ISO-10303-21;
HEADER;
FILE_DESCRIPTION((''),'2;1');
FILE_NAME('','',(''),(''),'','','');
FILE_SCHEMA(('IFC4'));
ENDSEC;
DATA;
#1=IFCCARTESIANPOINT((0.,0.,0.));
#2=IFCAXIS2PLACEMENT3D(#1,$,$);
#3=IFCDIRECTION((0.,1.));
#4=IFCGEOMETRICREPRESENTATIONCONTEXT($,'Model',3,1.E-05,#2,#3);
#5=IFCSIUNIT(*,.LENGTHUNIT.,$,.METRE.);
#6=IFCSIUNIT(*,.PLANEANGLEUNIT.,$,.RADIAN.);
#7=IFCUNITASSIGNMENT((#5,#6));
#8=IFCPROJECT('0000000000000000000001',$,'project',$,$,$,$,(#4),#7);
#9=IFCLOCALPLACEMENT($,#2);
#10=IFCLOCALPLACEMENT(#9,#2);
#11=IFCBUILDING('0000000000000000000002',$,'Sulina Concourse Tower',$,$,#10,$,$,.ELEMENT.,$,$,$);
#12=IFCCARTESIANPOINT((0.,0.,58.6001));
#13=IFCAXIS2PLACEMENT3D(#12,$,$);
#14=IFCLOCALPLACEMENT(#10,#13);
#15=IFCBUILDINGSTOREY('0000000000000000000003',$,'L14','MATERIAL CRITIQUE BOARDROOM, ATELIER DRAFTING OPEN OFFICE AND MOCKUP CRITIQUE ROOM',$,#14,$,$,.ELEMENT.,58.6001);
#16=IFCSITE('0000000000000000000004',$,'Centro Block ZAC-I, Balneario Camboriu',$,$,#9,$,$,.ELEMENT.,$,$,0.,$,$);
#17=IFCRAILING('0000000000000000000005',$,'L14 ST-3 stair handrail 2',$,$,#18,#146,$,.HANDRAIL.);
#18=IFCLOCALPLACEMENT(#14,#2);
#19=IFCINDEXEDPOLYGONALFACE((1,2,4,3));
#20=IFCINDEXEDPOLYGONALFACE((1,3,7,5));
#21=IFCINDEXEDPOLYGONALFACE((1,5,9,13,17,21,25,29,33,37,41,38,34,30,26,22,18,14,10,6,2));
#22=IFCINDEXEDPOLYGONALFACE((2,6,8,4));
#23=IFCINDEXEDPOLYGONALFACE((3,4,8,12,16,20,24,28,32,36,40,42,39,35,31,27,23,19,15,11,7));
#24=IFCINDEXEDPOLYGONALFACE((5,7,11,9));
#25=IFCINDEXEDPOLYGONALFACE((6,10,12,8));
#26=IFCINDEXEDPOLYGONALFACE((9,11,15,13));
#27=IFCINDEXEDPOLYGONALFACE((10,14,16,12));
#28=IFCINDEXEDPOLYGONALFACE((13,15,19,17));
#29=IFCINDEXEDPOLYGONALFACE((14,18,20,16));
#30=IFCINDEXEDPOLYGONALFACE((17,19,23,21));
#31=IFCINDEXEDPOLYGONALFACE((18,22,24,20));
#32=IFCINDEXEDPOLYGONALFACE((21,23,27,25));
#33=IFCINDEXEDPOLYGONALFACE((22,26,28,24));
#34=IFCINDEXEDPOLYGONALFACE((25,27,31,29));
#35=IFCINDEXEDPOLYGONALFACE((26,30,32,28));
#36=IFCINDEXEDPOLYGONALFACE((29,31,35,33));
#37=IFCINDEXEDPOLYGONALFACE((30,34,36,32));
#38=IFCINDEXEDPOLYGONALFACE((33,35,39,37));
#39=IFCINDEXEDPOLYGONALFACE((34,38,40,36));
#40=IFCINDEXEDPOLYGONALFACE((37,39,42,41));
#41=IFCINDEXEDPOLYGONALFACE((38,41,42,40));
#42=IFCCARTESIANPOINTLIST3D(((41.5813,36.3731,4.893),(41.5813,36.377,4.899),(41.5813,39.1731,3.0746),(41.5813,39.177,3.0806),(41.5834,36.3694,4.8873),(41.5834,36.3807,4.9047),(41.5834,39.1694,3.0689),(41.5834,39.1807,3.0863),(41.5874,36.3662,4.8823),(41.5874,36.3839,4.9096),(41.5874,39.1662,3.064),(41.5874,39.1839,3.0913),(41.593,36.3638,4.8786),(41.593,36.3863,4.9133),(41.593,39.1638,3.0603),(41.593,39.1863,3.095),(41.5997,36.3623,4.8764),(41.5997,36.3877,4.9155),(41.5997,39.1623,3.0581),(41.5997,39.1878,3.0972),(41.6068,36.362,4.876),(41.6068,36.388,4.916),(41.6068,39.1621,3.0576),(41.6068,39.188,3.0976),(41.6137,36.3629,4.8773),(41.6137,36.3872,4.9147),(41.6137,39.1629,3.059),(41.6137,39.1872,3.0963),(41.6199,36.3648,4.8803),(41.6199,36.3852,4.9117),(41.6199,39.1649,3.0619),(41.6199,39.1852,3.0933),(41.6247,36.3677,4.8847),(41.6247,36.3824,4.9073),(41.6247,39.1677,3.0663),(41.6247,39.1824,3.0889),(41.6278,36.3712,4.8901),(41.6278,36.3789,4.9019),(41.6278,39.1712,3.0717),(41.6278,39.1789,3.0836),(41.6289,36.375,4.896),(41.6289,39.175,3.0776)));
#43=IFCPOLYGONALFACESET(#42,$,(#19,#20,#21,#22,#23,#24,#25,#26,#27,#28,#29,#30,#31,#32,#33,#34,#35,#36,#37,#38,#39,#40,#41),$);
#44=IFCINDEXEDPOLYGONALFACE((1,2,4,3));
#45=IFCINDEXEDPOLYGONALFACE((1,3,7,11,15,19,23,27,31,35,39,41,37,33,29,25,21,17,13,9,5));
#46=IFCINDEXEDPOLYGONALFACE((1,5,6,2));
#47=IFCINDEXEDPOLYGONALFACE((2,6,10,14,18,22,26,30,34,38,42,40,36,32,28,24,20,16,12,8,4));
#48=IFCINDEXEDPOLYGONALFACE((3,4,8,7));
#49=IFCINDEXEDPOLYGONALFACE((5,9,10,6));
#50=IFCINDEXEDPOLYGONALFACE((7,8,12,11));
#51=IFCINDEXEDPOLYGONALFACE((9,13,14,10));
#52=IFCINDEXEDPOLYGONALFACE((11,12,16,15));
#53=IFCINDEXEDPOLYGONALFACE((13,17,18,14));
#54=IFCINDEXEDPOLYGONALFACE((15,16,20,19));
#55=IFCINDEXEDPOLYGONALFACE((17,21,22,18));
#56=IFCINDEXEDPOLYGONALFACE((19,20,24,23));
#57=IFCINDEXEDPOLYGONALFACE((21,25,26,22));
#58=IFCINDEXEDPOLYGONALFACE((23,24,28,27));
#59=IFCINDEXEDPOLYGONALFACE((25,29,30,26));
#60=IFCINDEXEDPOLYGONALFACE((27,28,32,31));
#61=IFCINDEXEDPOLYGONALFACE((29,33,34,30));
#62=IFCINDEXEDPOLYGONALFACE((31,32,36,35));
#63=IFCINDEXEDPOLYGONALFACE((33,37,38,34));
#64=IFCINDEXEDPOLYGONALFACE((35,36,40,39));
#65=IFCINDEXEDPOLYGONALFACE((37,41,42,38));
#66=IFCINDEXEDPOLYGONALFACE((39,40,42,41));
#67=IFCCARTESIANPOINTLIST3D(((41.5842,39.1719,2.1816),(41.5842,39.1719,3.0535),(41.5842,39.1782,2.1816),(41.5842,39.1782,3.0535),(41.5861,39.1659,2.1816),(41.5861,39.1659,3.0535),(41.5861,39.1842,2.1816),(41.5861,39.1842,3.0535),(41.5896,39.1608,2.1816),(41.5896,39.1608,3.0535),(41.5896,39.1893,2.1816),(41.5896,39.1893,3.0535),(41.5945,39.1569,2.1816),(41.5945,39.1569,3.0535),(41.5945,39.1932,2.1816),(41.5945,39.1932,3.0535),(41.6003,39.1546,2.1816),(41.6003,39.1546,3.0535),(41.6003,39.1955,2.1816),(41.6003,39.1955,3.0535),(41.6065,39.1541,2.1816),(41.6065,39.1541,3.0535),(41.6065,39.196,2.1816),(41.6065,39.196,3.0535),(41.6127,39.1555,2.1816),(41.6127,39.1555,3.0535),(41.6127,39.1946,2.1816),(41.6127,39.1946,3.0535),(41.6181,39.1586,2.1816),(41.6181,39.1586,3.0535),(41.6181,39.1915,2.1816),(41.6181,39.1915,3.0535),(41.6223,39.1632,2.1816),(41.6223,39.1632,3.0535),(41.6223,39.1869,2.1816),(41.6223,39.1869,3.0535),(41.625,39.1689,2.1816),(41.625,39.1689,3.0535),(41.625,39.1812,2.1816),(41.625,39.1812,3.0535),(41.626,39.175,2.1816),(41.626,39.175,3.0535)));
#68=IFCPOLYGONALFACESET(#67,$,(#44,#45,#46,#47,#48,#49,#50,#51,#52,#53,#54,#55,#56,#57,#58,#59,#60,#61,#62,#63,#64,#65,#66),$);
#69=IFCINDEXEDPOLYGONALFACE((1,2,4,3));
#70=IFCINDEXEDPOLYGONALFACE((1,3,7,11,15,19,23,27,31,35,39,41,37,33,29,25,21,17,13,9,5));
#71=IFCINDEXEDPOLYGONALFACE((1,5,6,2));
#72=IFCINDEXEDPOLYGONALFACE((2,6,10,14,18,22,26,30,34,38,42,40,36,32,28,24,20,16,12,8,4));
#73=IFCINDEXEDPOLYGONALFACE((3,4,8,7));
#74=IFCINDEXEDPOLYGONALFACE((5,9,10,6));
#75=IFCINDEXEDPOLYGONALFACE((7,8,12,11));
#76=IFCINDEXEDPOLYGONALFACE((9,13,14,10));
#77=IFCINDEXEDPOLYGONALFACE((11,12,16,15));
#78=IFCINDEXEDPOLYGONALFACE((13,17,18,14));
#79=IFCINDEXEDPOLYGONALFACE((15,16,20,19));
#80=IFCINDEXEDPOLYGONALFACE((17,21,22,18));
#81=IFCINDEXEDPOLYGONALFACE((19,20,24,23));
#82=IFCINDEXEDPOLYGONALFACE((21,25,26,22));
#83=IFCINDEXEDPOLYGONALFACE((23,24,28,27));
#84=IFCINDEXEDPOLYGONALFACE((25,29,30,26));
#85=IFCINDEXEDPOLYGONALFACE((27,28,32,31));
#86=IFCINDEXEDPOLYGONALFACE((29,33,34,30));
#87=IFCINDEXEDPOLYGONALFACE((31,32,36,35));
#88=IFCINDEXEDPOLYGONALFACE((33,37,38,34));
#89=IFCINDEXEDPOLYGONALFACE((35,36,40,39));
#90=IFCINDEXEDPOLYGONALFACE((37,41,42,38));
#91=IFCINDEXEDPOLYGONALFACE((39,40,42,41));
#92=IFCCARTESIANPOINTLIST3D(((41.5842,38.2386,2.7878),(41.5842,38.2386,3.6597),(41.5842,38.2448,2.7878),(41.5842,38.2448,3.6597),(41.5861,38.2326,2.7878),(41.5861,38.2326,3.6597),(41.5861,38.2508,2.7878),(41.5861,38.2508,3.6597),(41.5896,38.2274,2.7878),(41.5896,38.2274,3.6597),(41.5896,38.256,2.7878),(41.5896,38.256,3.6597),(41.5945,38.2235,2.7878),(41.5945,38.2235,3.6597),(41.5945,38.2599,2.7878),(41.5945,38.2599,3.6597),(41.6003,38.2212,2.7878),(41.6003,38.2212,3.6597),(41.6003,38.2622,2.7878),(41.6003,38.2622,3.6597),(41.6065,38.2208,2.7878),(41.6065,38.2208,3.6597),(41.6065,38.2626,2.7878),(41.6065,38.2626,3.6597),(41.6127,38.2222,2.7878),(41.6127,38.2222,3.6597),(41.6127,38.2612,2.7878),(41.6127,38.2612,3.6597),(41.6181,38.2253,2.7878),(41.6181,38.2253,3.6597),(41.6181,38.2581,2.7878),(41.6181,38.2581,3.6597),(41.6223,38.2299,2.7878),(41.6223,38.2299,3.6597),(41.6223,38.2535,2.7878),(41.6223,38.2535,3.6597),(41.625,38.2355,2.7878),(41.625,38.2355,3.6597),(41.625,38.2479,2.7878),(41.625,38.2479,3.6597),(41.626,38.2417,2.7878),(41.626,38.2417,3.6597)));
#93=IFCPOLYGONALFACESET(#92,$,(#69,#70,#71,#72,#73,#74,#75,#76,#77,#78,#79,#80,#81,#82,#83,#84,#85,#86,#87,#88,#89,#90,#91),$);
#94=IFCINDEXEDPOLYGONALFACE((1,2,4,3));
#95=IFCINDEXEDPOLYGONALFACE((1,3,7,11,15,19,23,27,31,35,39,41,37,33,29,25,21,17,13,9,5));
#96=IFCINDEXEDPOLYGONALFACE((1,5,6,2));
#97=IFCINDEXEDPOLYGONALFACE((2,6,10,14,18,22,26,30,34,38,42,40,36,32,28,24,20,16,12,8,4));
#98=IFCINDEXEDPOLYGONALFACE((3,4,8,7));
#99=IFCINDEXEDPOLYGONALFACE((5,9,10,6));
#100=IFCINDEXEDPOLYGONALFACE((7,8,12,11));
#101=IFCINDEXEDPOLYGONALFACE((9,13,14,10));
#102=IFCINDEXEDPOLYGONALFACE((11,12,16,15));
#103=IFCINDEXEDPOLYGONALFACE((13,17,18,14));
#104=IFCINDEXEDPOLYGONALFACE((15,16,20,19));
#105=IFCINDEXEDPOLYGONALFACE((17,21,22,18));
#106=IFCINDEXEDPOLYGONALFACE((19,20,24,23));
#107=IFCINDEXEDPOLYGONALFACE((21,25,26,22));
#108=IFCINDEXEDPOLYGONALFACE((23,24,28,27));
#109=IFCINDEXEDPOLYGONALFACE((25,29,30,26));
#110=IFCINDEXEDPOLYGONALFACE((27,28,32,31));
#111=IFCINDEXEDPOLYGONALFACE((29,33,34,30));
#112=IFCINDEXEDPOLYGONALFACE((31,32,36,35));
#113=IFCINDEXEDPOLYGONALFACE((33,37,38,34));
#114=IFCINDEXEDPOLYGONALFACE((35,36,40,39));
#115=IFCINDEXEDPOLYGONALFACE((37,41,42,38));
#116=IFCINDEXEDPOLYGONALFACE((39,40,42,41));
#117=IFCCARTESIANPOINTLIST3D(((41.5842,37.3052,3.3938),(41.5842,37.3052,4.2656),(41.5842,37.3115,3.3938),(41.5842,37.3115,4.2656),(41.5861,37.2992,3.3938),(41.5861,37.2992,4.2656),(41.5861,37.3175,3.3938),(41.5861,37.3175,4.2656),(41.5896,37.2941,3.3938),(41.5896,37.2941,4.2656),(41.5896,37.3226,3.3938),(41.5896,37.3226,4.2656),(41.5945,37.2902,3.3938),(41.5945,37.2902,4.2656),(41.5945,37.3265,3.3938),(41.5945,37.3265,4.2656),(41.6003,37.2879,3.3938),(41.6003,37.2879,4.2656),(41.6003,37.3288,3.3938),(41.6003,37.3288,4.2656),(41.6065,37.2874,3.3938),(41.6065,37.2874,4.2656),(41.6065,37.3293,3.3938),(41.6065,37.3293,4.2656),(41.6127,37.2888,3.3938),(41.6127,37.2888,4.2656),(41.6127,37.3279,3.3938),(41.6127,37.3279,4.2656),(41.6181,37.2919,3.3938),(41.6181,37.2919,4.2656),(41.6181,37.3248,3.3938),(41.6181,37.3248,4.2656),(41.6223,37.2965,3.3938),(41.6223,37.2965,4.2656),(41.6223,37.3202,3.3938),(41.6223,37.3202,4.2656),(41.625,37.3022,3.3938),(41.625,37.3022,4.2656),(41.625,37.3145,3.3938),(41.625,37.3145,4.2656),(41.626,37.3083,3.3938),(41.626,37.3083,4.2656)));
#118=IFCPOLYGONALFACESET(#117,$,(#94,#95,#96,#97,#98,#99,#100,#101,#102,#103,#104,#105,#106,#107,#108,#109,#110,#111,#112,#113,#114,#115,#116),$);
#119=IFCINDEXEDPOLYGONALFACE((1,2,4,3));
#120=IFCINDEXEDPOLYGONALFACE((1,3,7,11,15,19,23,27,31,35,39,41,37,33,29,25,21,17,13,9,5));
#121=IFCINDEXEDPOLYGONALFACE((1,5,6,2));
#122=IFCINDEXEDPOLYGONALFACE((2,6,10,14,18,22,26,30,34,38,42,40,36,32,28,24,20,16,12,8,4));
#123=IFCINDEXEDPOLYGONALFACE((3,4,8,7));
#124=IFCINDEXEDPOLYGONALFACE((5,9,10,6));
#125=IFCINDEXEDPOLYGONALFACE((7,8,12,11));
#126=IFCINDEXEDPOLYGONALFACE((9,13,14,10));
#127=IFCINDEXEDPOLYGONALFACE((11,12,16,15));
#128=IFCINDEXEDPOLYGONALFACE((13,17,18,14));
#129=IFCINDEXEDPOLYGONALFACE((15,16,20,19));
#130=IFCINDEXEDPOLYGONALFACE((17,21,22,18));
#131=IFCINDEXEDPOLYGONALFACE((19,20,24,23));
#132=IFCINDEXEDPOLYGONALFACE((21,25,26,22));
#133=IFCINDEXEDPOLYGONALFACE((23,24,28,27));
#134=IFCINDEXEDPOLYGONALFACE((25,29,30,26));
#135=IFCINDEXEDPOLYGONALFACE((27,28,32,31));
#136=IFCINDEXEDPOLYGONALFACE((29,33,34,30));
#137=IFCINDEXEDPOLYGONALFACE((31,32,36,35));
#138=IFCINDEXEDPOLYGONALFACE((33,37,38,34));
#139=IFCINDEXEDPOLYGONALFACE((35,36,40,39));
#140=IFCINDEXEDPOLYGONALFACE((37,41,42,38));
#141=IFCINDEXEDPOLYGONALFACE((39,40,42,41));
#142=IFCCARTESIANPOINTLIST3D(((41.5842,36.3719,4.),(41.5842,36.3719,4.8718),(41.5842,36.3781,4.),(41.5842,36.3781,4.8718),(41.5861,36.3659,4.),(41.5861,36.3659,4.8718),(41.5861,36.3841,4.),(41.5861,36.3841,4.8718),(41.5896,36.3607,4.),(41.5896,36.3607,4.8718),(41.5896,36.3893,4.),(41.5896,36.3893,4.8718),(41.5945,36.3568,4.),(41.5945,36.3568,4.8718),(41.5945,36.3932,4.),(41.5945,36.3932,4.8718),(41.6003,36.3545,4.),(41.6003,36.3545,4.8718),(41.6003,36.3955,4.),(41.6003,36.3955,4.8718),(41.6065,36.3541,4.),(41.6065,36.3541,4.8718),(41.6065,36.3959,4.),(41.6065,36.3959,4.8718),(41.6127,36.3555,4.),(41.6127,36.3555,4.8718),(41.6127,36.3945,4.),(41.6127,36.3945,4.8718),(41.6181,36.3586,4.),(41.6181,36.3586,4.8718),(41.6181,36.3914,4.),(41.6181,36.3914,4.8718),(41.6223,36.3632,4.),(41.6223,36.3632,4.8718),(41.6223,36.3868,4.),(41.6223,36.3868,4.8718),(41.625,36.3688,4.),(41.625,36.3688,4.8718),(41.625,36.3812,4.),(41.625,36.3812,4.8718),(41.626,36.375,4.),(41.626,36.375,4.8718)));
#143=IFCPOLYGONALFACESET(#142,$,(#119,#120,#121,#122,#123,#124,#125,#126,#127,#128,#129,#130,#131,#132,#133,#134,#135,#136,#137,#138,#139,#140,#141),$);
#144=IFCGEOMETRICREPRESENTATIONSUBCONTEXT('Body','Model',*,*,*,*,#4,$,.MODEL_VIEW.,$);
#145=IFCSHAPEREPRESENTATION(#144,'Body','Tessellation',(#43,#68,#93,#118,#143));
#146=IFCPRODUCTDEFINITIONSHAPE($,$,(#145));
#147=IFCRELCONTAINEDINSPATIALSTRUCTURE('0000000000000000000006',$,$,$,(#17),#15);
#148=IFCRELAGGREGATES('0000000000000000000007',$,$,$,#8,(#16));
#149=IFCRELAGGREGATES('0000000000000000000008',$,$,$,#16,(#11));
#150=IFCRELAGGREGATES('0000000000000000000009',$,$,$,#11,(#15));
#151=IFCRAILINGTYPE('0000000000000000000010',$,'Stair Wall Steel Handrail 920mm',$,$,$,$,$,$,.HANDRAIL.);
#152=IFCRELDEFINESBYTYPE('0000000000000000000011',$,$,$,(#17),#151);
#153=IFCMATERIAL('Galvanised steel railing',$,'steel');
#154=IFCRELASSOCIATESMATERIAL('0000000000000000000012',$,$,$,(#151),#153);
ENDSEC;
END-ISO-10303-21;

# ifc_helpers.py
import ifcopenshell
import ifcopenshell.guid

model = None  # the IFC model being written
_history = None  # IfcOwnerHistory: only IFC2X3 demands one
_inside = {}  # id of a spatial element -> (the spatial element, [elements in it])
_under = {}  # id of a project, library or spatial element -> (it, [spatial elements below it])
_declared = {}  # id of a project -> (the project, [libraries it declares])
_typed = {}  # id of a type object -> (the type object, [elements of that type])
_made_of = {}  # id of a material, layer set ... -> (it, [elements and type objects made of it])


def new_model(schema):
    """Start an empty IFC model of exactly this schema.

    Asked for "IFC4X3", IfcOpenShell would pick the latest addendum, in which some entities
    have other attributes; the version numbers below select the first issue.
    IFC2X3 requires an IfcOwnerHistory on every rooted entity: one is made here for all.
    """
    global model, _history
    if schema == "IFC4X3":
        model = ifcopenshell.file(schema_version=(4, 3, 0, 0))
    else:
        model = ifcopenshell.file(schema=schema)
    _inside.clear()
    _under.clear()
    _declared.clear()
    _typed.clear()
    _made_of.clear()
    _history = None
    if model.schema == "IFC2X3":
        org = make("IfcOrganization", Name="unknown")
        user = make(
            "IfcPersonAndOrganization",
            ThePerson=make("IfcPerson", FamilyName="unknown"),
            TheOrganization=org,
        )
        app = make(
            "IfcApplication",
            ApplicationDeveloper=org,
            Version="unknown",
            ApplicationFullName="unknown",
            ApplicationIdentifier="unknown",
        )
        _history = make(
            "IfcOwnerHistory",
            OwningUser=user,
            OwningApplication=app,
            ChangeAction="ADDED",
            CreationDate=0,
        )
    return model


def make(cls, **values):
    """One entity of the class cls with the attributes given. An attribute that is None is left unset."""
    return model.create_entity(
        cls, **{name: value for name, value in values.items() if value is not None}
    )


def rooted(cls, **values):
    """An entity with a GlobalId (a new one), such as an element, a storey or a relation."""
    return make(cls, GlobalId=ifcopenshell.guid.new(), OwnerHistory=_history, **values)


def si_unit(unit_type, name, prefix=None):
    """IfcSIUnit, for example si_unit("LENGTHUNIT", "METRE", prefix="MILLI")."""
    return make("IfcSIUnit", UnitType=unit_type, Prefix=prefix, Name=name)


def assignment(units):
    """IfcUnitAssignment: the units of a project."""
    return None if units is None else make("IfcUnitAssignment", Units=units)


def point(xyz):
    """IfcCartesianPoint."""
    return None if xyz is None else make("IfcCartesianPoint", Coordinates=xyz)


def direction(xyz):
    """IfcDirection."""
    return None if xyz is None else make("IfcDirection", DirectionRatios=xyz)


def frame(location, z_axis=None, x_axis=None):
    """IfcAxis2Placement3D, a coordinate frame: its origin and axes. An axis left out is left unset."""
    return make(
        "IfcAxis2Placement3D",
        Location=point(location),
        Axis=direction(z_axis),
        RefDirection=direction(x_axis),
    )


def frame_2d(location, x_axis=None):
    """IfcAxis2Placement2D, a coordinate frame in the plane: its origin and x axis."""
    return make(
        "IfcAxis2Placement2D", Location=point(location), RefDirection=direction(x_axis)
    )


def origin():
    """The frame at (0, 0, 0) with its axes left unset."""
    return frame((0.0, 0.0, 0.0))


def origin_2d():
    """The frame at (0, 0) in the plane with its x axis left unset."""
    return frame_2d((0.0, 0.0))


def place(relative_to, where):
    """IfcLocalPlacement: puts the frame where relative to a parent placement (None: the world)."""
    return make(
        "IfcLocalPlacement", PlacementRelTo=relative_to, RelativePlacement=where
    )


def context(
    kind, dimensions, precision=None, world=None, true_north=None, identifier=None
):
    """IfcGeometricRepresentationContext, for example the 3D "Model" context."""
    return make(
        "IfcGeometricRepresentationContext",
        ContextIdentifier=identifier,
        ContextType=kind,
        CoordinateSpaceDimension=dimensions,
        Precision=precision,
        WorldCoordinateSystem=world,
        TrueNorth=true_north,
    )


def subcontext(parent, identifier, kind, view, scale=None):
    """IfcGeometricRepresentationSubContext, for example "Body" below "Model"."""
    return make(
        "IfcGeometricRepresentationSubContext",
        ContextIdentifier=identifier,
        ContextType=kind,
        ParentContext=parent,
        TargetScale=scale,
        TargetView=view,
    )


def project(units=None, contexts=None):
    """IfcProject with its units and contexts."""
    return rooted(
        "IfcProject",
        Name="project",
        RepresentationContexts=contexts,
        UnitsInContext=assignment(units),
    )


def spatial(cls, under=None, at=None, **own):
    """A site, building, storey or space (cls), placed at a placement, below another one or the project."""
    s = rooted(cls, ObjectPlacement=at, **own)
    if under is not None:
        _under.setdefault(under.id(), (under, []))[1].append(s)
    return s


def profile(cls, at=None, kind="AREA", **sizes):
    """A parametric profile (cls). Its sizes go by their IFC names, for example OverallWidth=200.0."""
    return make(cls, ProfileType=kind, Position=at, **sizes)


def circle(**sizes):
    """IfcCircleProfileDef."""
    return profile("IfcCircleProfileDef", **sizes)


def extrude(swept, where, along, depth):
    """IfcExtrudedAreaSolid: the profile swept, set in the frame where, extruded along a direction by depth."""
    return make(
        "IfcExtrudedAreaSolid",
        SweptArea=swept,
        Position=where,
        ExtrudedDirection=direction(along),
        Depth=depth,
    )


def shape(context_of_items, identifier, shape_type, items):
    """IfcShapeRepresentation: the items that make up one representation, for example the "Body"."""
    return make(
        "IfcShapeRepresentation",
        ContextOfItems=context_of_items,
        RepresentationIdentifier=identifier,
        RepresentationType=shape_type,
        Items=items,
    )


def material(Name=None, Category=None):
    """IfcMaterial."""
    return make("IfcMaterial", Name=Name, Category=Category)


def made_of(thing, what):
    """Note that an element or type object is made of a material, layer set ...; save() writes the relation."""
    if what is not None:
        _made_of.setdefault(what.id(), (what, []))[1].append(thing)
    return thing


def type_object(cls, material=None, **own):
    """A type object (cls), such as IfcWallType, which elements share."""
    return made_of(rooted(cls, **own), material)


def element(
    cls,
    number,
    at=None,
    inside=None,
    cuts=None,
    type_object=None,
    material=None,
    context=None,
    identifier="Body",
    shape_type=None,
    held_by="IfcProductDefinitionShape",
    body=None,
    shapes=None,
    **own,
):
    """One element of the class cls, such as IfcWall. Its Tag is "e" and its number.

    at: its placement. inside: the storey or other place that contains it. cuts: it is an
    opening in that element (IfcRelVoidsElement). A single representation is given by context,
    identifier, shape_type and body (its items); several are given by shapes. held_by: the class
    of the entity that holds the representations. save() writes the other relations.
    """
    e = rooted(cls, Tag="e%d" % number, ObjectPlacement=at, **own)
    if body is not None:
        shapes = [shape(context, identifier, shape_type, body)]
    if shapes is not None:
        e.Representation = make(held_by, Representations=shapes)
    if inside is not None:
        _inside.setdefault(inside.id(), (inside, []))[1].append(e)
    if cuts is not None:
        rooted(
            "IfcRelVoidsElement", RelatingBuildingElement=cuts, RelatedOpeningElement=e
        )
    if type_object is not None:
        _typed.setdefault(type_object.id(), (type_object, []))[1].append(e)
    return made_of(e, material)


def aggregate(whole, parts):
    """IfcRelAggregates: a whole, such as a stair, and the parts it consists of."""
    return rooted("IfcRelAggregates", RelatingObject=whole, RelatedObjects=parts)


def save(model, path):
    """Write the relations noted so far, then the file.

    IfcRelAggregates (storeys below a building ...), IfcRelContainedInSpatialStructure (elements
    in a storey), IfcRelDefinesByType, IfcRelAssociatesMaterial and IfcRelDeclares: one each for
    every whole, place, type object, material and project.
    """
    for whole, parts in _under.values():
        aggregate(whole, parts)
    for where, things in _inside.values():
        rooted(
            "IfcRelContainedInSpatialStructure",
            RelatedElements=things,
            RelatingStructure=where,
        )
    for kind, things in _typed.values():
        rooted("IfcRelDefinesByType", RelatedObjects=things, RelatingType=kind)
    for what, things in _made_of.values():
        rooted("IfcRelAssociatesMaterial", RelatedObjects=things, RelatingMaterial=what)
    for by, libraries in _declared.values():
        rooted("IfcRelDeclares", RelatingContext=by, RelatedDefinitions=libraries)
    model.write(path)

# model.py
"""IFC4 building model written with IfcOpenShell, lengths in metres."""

from ifc_helpers import new_model, si_unit, direction, frame, origin, origin_2d, place, context, subcontext, project, spatial, circle, extrude, material, type_object, element, save


model = new_model("IFC4")

# Units and contexts
model_context = context("Model", 3, precision=1e-05, world=origin(), true_north=direction((0.0, 1.0)))
body_context = subcontext(model_context, "Body", "Model", "MODEL_VIEW")
ifc_project = project(units=[si_unit("LENGTHUNIT", "METRE"), si_unit("PLANEANGLEUNIT", "RADIAN")], contexts=[model_context])

# Site, building, storey
site_placement = place(None, origin())
site = spatial("IfcSite", under=ifc_project, at=site_placement, Name="Centro Block ZAC-I, Balneario Camboriu", CompositionType="ELEMENT", RefElevation=0.0)
building_placement = place(site_placement, origin())
building = spatial("IfcBuilding", under=site, at=building_placement, Name="Sulina Concourse Tower", CompositionType="ELEMENT")
storey_placement = place(building_placement, frame((0.0, 0.0, 58.6001)))
storey = spatial("IfcBuildingStorey", under=building, at=storey_placement, Name="L14", Description="MATERIAL CRITIQUE BOARDROOM, ATELIER DRAFTING OPEN OFFICE AND MOCKUP CRITIQUE ROOM", CompositionType="ELEMENT", Elevation=58.6001)

# Railing
ifc_material_1 = material(Name="Galvanised steel railing", Category="steel")
railing_type_1 = type_object("IfcRailingType", Name="Stair Wall Steel Handrail 920mm", PredefinedType="HANDRAIL", material=ifc_material_1)
railing_1_placement = place(storey_placement, frame((41.605, 39.175, 2.1816)))
element("IfcRailing", 1, at=railing_1_placement, inside=storey, type_object=railing_type_1, Name="L14 ST-3 stair handrail 2", PredefinedType="HANDRAIL", context=body_context, shape_type="SweptSolid", body=[
    extrude(circle(Radius=0.0239, at=origin_2d()), frame((0.0, 0.0, 0.896), z_axis=(0.0, -0.838672, 0.544636), x_axis=(1.0, 0.0, 0.0)), (0.0, 0.0, 1.0), 3.3386),
    extrude(circle(Radius=0.021, at=origin_2d()), origin(), (0.0, 0.0, 1.0), 0.8718),
    extrude(circle(Radius=0.021, at=origin_2d()), frame((0.0, -0.9333, 0.6062)), (0.0, 0.0, 1.0), 0.8718),
    extrude(circle(Radius=0.021, at=origin_2d()), frame((0.0, -1.8667, 1.2122)), (0.0, 0.0, 1.0), 0.8718),
    extrude(circle(Radius=0.021, at=origin_2d()), frame((0.0, -2.8, 1.8184)), (0.0, 0.0, 1.0), 0.8718),
])

save(model, "model.ifc")
